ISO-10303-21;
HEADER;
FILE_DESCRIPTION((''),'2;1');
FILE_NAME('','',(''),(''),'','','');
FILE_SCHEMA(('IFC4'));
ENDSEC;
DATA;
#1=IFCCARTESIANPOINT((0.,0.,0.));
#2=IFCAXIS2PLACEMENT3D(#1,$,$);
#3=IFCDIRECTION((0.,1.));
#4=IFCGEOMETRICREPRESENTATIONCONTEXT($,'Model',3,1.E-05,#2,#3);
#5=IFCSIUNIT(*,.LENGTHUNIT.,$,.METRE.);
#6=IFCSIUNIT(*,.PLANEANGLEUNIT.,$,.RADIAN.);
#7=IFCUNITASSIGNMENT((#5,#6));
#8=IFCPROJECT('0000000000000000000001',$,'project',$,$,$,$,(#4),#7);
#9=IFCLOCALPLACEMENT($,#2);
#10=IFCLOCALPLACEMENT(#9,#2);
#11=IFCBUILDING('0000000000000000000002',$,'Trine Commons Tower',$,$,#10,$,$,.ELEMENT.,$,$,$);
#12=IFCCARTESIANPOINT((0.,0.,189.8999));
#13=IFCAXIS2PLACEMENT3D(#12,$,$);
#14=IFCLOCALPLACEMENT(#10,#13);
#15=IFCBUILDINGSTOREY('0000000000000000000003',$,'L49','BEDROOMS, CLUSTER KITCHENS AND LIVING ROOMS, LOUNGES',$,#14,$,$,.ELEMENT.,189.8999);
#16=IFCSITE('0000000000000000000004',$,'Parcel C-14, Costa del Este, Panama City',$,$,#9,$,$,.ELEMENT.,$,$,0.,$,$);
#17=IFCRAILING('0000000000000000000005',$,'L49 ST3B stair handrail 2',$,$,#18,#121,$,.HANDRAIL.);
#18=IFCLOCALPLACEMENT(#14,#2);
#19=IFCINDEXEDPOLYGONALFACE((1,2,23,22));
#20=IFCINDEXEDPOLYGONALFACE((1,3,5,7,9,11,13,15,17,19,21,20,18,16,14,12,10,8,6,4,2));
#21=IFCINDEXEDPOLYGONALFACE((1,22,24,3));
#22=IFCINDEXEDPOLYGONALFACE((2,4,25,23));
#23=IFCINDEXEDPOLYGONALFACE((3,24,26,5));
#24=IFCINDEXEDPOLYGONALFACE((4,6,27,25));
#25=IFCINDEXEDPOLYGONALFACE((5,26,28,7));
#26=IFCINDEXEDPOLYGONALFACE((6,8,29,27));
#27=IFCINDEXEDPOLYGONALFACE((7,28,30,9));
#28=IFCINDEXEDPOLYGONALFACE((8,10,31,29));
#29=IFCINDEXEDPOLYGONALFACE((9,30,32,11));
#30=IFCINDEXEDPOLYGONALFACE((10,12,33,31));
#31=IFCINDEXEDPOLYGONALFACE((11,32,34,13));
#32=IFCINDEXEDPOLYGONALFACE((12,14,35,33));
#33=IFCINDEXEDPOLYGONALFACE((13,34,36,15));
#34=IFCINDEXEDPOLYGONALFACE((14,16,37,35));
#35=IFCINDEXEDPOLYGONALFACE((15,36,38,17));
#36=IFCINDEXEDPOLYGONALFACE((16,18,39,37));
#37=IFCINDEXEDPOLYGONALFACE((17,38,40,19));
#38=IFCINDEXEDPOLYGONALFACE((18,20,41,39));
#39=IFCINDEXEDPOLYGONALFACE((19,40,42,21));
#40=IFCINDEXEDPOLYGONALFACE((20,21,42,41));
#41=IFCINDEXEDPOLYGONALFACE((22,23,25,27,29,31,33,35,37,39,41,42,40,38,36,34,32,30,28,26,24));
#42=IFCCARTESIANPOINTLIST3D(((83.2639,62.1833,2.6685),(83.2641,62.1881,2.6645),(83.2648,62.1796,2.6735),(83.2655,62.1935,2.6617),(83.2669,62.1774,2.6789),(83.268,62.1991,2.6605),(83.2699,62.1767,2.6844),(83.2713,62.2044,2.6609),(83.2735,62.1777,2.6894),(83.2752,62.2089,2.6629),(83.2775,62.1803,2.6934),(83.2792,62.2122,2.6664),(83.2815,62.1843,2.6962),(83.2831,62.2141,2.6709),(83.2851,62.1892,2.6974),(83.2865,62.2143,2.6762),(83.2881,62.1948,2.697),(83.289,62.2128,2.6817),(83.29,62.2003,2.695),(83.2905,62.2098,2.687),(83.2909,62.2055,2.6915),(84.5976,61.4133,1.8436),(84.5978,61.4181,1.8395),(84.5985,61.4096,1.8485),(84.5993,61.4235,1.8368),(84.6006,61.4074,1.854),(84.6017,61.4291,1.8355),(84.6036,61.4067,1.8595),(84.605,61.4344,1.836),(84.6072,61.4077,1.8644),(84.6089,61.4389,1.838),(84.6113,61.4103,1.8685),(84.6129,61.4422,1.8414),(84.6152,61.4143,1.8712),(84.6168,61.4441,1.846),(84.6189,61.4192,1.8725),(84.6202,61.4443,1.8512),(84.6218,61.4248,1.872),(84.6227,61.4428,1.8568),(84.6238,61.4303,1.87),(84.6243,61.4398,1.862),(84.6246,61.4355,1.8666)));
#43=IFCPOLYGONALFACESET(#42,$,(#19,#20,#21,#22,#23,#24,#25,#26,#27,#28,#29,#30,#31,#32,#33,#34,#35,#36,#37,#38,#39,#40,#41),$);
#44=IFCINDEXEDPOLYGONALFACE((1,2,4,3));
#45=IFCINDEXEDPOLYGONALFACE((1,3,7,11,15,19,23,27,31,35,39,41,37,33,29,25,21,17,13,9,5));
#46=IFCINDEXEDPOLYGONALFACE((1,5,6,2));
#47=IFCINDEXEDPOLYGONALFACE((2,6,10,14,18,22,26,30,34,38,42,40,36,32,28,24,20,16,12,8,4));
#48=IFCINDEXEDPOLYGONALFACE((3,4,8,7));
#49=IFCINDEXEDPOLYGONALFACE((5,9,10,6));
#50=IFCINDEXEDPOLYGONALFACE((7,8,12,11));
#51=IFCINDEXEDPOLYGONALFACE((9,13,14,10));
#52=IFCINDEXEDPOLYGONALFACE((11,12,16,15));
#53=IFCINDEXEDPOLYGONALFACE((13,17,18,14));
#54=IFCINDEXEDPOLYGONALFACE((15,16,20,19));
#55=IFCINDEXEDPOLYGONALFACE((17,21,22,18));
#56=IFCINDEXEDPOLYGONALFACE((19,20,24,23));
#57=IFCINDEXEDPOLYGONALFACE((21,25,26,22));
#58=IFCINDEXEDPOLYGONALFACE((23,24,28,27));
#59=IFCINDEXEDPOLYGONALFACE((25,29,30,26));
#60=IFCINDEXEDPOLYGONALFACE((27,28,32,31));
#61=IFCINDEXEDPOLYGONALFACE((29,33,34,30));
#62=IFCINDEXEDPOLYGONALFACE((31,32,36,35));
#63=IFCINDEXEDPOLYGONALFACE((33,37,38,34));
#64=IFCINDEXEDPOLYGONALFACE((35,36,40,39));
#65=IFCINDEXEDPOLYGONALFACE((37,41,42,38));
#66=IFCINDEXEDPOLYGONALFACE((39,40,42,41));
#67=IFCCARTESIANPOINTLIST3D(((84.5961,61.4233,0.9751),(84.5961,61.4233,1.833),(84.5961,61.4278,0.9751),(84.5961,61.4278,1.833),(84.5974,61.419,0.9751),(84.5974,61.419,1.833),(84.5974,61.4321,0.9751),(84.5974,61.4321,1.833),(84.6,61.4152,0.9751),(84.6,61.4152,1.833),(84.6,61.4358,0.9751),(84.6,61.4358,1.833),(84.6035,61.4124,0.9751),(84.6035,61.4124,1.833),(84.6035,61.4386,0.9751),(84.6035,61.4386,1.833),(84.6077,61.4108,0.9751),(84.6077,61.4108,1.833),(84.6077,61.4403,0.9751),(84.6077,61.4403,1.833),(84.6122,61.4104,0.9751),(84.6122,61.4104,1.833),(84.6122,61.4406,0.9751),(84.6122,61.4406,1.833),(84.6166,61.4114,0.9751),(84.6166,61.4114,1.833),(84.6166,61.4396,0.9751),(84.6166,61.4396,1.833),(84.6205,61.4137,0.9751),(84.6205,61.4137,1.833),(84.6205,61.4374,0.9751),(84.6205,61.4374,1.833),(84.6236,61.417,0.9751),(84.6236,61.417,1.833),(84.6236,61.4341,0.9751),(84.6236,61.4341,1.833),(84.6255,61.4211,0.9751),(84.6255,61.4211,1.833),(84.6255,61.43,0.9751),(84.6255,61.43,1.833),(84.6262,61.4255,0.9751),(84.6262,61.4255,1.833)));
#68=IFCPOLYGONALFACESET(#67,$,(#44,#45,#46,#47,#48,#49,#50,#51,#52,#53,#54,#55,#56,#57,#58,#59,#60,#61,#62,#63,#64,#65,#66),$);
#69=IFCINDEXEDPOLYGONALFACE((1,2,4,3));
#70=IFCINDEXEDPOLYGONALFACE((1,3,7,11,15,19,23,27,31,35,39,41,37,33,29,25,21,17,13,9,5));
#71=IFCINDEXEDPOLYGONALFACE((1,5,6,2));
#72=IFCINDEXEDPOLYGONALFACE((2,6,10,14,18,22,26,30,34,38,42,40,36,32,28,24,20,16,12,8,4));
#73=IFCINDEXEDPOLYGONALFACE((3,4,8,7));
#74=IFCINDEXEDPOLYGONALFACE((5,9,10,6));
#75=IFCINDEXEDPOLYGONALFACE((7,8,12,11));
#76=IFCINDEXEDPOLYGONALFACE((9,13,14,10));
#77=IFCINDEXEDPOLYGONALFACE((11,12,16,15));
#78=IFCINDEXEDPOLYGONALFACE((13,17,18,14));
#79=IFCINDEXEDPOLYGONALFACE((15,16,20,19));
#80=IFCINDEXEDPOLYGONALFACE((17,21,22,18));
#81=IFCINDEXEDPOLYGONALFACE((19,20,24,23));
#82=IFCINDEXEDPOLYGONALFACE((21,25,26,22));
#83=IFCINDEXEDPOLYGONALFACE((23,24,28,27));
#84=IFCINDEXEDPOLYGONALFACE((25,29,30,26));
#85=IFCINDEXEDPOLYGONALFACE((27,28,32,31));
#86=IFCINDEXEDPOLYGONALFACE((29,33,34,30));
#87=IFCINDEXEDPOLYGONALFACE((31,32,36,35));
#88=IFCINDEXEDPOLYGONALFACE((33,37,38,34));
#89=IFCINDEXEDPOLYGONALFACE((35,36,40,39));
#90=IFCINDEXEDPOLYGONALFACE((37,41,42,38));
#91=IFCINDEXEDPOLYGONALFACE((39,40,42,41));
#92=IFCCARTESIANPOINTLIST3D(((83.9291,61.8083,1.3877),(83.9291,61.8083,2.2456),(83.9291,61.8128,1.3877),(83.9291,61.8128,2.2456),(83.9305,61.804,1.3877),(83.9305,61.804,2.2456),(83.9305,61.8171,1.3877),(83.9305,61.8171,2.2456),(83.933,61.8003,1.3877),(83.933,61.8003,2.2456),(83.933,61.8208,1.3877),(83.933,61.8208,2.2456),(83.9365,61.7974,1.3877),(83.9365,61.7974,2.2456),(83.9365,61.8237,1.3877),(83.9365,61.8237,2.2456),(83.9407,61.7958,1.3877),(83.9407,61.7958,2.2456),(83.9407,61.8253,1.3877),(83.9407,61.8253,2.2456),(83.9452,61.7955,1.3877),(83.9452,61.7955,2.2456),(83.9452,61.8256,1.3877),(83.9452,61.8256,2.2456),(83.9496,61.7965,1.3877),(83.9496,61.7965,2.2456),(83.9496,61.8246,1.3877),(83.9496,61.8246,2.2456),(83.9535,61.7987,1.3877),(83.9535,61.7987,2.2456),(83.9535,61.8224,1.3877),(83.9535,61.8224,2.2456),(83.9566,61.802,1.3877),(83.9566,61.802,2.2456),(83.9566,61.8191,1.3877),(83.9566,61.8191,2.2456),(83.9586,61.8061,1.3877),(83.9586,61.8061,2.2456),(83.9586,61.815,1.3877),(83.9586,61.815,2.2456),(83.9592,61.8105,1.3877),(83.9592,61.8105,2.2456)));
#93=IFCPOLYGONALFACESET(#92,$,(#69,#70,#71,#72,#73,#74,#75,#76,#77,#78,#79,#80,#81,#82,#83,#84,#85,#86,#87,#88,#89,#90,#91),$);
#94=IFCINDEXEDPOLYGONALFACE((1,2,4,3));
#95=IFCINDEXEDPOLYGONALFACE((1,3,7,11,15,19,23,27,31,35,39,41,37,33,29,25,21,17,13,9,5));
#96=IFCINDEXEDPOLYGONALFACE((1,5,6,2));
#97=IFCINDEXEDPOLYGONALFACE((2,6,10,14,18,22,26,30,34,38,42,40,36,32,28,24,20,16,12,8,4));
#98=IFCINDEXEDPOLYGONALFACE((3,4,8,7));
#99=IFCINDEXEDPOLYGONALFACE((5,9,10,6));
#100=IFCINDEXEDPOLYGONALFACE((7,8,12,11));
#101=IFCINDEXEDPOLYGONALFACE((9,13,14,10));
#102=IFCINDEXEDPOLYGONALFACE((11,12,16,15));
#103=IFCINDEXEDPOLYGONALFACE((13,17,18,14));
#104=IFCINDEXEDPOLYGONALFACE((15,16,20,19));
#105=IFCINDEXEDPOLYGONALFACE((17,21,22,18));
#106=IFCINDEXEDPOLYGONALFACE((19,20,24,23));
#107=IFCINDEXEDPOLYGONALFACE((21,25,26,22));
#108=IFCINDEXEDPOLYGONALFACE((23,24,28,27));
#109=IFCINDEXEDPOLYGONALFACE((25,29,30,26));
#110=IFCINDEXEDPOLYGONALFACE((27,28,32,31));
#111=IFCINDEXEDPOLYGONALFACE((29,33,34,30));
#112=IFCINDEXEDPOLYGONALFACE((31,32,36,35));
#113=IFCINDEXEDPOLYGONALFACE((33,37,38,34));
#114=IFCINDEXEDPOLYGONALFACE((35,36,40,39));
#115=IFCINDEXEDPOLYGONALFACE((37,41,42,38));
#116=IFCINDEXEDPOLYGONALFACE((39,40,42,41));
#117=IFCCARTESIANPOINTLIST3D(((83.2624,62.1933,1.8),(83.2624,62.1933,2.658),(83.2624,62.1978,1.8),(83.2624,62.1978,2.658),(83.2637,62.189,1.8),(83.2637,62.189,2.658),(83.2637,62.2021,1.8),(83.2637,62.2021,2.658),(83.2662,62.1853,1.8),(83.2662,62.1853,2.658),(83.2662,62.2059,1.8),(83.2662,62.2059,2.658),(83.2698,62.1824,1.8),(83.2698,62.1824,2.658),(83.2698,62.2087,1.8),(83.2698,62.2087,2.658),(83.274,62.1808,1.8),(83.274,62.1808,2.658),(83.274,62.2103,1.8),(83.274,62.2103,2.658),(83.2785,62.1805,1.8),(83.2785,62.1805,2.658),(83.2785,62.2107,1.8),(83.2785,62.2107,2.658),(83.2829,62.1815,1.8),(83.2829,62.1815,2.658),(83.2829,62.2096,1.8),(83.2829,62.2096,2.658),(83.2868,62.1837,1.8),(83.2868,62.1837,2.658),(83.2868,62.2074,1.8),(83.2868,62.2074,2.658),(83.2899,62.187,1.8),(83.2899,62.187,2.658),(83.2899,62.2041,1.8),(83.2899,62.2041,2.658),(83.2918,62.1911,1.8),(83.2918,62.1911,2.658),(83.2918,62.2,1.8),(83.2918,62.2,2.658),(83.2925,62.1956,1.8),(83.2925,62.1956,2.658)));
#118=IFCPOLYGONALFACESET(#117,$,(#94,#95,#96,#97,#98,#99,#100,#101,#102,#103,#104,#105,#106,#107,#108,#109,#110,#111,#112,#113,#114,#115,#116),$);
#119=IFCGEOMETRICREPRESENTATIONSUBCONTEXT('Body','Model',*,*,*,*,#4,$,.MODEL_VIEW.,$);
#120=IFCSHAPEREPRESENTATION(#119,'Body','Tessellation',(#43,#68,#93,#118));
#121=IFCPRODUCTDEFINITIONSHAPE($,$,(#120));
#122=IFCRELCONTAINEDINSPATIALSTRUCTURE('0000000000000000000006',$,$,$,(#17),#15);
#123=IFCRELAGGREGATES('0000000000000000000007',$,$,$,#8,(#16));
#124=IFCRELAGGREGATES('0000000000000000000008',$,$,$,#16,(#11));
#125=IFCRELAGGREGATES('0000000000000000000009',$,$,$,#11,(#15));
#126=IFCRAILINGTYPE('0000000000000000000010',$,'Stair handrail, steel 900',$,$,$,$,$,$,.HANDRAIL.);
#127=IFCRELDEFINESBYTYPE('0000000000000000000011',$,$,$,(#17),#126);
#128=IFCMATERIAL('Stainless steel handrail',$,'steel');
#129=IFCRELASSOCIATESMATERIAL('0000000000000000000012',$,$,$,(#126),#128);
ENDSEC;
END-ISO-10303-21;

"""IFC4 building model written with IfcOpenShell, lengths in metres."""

from ifc_helpers import new_model, si_unit, direction, frame, origin, origin_2d, place, context, subcontext, project, spatial, circle, extrude, material, type_object, element, save


model = new_model("IFC4")

# Units and contexts
model_context = context("Model", 3, precision=1e-05, world=origin(), true_north=direction((0.0, 1.0)))
body_context = subcontext(model_context, "Body", "Model", "MODEL_VIEW")
ifc_project = project(units=[si_unit("LENGTHUNIT", "METRE"), si_unit("PLANEANGLEUNIT", "RADIAN")], contexts=[model_context])

# Site, building, storey
site_placement = place(None, origin())
site = spatial("IfcSite", under=ifc_project, at=site_placement, Name="Parcel C-14, Costa del Este, Panama City", CompositionType="ELEMENT", RefElevation=0.0)
building_placement = place(site_placement, origin())
building = spatial("IfcBuilding", under=site, at=building_placement, Name="Trine Commons Tower", CompositionType="ELEMENT")
storey_placement = place(building_placement, frame((0.0, 0.0, 189.8999)))
storey = spatial("IfcBuildingStorey", under=building, at=storey_placement, Name="L49", Description="BEDROOMS, CLUSTER KITCHENS AND LIVING ROOMS, LOUNGES", CompositionType="ELEMENT", Elevation=189.8999)

# Railing
ifc_material_1 = material(Name="Stainless steel handrail", Category="steel")
railing_type_1 = type_object("IfcRailingType", Name="Stair handrail, steel 900", PredefinedType="HANDRAIL", material=ifc_material_1)
railing_1_placement = place(storey_placement, frame((84.6111, 61.4255, 0.9751)))
element("IfcRailing", 1, at=railing_1_placement, inside=storey, type_object=railing_type_1, Name="L49 ST3B stair handrail 2", PredefinedType="HANDRAIL", context=body_context, shape_type="SweptSolid", body=[
    extrude(circle(Radius=0.021, at=origin_2d()), frame((0.0, 0.0, 0.8789), z_axis=(-0.763405, 0.440743, 0.472185), x_axis=(-0.499992, -0.86603, 0.0)), (0.0, 0.0, 1.0), 1.7471),
    extrude(circle(Radius=0.0151, at=origin_2d()), origin(), (0.0, 0.0, 1.0), 0.8579),
    extrude(circle(Radius=0.0151, at=origin_2d()), frame((-0.667, 0.385, 0.4126)), (0.0, 0.0, 1.0), 0.8579),
    extrude(circle(Radius=0.0151, at=origin_2d()), frame((-1.3337, 0.77, 0.825)), (0.0, 0.0, 1.0), 0.8579),
])

save(model, "model.ifc")
